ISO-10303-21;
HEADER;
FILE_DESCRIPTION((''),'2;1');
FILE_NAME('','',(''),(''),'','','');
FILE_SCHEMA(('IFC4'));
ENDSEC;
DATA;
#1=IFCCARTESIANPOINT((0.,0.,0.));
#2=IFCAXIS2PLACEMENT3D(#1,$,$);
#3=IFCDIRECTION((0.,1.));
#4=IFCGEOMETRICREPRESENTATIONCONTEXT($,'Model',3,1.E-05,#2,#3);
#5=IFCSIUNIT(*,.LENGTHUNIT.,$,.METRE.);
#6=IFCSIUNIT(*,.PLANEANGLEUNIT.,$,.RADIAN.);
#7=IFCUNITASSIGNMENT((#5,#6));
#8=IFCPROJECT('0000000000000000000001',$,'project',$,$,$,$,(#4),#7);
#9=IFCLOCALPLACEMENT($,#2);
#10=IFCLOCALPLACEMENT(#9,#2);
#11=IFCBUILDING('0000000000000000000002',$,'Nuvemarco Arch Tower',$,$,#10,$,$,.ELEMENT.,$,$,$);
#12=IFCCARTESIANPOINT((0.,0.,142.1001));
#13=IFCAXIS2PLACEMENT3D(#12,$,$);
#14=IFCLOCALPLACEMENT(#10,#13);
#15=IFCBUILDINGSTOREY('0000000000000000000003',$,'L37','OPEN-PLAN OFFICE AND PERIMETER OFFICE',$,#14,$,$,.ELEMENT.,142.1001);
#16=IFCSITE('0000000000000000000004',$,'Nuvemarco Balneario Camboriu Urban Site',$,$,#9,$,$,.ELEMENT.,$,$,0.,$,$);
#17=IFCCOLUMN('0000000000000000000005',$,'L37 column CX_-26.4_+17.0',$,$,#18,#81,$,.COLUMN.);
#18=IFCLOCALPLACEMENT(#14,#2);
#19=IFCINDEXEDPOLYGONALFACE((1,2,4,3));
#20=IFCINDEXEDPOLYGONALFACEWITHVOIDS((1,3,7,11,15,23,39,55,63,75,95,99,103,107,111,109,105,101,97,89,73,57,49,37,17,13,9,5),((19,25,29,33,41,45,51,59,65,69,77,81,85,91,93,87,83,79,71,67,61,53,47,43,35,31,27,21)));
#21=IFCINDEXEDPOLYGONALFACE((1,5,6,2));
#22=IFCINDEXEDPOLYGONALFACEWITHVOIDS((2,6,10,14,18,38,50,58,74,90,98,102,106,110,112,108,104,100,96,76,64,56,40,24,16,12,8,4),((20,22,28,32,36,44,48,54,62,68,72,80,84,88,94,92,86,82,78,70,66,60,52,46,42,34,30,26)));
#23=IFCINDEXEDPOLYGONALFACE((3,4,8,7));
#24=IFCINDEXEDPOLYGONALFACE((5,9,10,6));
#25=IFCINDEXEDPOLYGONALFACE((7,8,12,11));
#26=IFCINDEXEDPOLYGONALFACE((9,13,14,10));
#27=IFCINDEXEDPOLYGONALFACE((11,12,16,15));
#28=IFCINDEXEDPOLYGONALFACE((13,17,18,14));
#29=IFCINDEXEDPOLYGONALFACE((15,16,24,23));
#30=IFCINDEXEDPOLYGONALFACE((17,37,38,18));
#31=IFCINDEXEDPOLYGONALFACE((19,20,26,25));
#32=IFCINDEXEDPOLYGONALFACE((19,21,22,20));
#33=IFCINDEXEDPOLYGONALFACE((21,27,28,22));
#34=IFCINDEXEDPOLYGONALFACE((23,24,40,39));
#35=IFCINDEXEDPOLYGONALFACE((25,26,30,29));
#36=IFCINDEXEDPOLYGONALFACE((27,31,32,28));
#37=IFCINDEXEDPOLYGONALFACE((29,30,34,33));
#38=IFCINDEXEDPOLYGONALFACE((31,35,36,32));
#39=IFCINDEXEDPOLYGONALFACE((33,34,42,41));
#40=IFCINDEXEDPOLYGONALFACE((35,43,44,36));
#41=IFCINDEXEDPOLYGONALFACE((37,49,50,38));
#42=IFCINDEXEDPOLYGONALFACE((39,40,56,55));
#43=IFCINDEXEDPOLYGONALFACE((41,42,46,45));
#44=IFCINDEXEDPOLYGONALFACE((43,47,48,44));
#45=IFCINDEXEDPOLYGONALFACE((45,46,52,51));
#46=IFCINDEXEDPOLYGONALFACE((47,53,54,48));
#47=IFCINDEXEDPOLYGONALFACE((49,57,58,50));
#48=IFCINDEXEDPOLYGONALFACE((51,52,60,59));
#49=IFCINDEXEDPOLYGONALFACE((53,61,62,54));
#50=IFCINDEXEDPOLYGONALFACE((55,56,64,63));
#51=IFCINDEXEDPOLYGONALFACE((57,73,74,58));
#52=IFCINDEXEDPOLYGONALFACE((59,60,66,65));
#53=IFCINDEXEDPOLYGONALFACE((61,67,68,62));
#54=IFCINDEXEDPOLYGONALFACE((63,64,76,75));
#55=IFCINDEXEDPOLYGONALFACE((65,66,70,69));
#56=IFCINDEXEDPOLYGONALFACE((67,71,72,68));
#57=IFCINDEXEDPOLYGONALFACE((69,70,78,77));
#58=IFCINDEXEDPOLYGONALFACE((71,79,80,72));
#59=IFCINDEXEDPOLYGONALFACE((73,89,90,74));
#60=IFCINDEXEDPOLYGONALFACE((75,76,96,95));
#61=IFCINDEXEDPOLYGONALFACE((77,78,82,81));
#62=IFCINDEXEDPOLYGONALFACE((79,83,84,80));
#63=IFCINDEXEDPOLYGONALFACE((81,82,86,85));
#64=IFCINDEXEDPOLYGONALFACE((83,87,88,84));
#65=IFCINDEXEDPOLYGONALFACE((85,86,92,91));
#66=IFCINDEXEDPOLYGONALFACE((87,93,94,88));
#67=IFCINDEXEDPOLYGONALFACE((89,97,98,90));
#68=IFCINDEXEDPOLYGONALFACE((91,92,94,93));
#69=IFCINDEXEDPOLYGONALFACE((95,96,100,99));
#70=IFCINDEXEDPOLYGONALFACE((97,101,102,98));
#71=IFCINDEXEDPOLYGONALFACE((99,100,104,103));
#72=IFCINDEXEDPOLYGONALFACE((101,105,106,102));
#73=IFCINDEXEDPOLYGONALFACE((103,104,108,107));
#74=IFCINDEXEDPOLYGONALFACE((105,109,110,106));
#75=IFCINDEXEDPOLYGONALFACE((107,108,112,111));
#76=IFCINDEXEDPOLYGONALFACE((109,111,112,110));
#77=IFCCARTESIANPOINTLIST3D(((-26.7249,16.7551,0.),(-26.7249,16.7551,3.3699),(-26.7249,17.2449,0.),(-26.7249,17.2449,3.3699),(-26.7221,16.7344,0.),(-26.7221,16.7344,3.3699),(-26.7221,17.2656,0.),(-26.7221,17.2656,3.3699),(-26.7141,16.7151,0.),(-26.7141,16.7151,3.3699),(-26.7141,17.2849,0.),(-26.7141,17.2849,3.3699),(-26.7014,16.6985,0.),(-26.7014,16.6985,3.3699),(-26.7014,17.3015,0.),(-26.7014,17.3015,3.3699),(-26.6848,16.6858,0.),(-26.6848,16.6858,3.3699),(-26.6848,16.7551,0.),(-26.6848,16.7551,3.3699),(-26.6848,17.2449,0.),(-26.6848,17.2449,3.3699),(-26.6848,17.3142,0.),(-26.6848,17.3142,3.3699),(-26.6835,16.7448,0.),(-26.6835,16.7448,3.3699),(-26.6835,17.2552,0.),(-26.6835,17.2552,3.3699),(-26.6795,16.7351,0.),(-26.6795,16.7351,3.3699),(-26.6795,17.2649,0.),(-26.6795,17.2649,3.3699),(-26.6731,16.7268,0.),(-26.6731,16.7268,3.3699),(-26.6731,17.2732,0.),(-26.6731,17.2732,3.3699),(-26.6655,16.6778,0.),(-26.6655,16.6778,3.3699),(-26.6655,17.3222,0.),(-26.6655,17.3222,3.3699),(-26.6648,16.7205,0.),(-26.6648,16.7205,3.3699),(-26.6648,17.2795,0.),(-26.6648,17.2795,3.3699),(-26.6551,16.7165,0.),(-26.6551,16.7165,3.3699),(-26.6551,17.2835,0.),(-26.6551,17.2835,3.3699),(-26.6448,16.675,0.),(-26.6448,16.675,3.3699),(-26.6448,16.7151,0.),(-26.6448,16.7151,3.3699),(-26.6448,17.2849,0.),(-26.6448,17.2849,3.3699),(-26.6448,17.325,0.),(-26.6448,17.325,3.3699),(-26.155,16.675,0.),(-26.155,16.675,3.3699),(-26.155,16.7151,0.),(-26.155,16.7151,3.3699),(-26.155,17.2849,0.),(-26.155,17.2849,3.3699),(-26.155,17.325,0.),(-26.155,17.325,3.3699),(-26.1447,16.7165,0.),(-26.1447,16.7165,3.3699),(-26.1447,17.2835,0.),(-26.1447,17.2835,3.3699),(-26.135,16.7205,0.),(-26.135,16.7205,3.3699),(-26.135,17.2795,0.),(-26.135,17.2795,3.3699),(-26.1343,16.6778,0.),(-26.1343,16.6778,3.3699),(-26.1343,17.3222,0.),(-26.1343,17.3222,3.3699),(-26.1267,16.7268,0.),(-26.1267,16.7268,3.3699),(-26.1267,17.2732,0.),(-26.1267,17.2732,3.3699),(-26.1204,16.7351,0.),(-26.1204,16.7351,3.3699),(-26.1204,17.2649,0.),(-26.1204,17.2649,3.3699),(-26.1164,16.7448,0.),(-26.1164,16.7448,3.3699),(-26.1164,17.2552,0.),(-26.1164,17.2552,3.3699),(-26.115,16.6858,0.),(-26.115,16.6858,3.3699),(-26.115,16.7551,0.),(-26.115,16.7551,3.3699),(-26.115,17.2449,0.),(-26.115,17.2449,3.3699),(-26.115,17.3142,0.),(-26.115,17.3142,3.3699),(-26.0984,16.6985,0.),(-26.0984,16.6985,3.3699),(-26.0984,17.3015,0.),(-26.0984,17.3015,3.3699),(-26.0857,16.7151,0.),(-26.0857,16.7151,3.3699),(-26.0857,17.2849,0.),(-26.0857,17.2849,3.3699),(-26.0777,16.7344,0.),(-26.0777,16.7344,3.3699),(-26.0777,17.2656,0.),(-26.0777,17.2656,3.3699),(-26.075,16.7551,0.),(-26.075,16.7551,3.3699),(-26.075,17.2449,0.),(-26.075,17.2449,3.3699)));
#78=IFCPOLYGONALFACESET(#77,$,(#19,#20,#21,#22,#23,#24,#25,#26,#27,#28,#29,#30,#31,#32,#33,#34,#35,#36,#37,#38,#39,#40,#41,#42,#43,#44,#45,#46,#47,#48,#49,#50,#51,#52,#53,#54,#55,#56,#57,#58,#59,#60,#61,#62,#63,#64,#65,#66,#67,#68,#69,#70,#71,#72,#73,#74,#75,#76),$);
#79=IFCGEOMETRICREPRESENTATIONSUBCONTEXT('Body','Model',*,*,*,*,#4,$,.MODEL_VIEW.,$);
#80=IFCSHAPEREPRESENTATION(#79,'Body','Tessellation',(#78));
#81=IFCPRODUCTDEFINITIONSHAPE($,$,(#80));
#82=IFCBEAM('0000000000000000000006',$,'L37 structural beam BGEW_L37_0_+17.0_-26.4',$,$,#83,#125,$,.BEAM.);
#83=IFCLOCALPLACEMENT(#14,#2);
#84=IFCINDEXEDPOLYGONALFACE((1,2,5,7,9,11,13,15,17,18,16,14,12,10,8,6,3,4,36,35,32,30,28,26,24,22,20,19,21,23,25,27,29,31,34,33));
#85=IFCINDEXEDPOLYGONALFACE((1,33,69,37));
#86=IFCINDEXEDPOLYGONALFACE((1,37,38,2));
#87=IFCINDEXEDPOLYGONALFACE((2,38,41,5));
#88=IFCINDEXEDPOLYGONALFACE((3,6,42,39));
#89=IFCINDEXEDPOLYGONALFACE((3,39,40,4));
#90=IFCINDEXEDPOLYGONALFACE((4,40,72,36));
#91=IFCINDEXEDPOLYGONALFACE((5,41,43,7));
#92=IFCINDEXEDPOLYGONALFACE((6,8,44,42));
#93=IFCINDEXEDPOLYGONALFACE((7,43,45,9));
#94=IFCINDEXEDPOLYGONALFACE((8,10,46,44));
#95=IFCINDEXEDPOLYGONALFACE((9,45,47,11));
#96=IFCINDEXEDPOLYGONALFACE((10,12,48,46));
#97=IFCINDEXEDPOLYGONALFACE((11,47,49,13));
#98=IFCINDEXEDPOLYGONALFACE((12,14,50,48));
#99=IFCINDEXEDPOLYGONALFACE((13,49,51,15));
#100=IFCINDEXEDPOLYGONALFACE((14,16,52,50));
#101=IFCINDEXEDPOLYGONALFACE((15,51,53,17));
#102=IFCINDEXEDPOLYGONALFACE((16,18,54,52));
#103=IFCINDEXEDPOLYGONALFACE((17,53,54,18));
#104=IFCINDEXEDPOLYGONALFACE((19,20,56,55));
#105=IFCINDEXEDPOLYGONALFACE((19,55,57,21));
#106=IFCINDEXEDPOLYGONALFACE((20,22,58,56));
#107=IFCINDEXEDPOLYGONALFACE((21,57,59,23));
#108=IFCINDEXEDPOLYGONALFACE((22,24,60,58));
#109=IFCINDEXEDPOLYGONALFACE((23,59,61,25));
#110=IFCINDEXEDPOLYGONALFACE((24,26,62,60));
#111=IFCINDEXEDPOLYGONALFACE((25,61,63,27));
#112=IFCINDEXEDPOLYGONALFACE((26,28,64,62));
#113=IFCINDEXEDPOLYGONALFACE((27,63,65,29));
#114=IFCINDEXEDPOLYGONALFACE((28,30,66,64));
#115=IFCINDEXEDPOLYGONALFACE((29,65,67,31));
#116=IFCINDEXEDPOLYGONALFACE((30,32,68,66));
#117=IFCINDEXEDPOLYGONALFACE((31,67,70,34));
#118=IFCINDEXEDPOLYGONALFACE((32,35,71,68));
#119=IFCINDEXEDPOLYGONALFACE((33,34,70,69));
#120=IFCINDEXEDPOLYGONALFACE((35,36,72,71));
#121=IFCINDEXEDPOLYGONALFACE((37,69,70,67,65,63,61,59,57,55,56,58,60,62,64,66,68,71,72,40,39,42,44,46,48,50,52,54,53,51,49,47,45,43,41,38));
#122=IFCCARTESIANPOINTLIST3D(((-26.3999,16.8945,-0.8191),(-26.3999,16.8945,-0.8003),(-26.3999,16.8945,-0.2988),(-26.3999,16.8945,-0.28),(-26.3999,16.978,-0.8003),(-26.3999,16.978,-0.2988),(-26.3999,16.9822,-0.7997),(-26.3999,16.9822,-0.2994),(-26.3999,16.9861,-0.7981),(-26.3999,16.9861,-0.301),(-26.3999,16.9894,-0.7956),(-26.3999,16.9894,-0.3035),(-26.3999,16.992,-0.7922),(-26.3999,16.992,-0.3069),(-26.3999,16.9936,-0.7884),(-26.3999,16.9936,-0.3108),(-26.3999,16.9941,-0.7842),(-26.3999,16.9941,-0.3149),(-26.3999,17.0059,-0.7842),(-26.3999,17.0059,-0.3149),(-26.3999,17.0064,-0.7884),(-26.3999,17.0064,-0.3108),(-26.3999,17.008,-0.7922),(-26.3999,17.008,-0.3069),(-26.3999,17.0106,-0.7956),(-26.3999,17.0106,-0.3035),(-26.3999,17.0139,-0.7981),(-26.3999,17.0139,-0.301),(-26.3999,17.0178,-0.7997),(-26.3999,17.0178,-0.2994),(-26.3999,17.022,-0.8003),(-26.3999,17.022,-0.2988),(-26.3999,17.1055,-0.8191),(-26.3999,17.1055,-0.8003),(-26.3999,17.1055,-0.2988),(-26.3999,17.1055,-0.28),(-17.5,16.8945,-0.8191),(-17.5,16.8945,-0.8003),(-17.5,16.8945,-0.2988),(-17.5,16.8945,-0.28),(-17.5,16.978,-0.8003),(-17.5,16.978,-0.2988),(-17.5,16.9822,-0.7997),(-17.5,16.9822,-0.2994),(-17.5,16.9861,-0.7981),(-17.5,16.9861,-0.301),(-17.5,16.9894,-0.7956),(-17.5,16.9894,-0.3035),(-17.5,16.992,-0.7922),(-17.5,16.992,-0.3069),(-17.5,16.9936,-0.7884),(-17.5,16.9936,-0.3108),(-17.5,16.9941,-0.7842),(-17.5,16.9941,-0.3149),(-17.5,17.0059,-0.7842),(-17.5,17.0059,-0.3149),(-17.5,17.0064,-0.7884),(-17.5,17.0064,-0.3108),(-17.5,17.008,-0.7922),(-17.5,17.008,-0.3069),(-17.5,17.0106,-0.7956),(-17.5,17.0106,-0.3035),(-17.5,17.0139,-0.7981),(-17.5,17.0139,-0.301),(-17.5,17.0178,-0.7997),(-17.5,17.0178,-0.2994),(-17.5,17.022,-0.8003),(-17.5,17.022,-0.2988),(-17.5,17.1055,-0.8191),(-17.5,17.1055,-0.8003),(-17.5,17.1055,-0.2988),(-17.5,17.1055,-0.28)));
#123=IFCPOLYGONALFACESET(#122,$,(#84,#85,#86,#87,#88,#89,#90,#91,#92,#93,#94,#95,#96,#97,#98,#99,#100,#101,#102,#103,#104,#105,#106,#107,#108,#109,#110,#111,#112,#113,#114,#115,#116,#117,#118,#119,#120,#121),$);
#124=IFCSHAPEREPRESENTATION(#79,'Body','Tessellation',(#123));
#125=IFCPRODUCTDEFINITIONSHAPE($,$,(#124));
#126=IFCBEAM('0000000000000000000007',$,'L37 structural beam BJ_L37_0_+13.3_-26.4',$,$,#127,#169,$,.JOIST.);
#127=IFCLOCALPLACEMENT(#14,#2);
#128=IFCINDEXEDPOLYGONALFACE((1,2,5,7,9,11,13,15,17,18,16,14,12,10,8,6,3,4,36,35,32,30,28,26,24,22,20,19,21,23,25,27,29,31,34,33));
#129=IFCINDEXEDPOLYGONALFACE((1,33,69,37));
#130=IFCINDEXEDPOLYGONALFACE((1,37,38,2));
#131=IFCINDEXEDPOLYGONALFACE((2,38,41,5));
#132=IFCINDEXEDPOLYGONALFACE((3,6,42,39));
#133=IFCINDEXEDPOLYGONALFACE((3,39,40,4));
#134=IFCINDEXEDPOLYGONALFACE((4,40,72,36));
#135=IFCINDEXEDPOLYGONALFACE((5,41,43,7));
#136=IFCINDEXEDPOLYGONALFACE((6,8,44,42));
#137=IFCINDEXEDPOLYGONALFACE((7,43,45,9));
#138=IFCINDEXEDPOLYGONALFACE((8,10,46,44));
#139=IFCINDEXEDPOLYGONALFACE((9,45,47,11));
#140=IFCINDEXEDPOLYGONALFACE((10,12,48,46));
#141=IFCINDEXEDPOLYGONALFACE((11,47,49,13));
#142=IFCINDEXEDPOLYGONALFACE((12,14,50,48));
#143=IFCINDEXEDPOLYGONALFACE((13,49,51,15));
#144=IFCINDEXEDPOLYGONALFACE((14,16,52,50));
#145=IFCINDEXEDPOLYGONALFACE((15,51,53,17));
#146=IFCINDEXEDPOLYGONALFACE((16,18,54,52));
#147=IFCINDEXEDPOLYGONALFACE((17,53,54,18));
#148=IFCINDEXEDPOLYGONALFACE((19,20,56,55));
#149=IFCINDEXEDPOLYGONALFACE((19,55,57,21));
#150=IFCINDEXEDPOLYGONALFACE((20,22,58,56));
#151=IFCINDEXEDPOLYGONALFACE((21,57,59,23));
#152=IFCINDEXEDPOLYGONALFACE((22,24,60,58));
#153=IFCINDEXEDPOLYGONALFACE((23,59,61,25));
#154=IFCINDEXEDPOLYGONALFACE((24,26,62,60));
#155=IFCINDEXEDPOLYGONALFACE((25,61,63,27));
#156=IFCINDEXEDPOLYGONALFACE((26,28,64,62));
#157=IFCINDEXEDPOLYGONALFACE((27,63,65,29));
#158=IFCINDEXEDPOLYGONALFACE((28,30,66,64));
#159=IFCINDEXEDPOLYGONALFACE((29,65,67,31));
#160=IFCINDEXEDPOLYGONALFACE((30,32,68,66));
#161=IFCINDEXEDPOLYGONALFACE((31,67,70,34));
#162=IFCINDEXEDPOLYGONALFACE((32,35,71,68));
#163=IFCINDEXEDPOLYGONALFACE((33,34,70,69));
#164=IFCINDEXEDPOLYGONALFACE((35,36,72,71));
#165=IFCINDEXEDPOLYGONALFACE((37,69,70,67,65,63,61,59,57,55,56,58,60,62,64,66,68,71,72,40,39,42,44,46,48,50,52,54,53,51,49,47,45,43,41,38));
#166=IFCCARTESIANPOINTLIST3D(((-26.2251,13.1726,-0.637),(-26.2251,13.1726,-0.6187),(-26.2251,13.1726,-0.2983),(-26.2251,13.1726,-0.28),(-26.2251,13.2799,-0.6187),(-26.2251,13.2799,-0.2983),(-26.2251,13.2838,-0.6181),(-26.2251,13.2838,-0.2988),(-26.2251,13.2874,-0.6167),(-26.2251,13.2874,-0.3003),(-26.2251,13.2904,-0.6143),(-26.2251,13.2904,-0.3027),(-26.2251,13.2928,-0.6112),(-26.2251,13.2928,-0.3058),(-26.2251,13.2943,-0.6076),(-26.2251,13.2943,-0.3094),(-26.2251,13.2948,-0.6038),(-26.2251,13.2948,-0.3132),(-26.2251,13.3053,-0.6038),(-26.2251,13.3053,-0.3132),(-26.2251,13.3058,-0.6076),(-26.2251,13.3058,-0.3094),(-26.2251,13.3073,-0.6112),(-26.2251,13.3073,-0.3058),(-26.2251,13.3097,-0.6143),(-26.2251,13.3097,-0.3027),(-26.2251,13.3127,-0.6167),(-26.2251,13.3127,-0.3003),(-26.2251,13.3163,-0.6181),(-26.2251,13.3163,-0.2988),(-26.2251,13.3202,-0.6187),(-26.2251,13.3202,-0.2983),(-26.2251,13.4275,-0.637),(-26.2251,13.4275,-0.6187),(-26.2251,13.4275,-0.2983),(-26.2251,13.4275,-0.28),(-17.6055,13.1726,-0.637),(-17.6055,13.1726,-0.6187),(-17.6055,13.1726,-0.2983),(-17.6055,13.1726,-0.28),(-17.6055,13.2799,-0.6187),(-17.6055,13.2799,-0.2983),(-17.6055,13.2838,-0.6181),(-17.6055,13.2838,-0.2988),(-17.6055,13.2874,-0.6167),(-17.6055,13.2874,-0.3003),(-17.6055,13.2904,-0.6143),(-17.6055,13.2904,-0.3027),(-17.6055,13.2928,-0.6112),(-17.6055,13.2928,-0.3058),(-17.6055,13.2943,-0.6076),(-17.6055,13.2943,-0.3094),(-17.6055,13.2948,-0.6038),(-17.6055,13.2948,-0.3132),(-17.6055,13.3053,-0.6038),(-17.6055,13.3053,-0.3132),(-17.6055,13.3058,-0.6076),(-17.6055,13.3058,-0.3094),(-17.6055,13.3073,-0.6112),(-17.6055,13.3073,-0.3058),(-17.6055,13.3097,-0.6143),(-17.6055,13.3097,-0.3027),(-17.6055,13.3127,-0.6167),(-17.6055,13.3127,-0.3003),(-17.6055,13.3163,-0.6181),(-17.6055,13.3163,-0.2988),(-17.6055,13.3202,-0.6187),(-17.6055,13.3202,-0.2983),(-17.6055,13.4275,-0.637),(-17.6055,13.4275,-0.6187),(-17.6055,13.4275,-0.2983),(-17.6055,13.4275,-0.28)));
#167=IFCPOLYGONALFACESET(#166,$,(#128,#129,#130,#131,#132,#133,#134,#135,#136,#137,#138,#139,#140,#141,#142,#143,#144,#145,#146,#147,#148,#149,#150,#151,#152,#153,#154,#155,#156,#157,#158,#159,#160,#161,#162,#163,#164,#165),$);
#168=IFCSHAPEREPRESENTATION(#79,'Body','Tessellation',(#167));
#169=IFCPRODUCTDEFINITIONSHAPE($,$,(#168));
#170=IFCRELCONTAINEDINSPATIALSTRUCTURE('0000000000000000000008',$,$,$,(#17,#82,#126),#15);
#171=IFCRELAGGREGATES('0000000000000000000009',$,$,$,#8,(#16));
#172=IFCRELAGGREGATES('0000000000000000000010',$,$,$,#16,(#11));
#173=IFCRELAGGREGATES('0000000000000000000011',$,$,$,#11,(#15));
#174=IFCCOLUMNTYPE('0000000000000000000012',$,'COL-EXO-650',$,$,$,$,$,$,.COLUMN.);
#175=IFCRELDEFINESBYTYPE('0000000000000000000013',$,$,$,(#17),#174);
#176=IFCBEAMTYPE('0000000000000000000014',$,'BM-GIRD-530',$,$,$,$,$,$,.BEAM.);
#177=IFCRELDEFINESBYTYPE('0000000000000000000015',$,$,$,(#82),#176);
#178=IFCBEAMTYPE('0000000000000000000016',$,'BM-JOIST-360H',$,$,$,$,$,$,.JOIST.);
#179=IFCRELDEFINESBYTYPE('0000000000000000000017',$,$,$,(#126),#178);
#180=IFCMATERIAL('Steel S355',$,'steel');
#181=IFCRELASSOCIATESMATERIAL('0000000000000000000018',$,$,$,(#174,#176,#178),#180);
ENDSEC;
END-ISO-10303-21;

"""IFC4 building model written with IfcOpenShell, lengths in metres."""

from ifc_helpers import new_model, si_unit, direction, frame, origin, origin_2d, place, context, subcontext, project, spatial, hollow_rectangle, i_section, extrude, material, material_profile, profile_set, type_object, element, save


model = new_model("IFC4")

# Units and contexts
model_context = context("Model", 3, precision=1e-05, world=origin(), true_north=direction((0.0, 1.0)))
body_context = subcontext(model_context, "Body", "Model", "MODEL_VIEW")
ifc_project = project(units=[si_unit("LENGTHUNIT", "METRE"), si_unit("PLANEANGLEUNIT", "RADIAN")], contexts=[model_context])

# Site, building, storey
site_placement = place(None, origin())
site = spatial("IfcSite", under=ifc_project, at=site_placement, Name="Nuvemarco Balneario Camboriu Urban Site", CompositionType="ELEMENT", RefElevation=0.0)
building_placement = place(site_placement, origin())
building = spatial("IfcBuilding", under=site, at=building_placement, Name="Nuvemarco Arch Tower", CompositionType="ELEMENT")
storey_placement = place(building_placement, frame((0.0, 0.0, 142.1001)))
storey = spatial("IfcBuildingStorey", under=building, at=storey_placement, Name="L37", Description="OPEN-PLAN OFFICE AND PERIMETER OFFICE", CompositionType="ELEMENT", Elevation=142.1001)

# Column
ifc_material_1 = material(Name="Steel S355", Category="steel")
ifc_material_profile_1 = material_profile(ifc_material_1, hollow_rectangle(XDim=0.6499, YDim=0.6499, WallThickness=0.04, InnerFilletRadius=0.04, OuterFilletRadius=0.0801, at=origin_2d()), Name="SHS650x650x40")
ifc_profile_set_1 = profile_set([ifc_material_profile_1], Name="Steel S355")
column_type = type_object("IfcColumnType", Name="COL-EXO-650", PredefinedType="COLUMN", material=ifc_profile_set_1)
column_placement = place(storey_placement, frame((-26.3999, 17.0, 0.0), z_axis=(0.0, 0.0, 1.0), x_axis=(1.0, 0.0, 0.0)))
element("IfcColumn", 1, at=column_placement, inside=storey, type_object=column_type, Name="L37 column CX_-26.4_+17.0", PredefinedType="COLUMN", context=body_context, shape_type="SweptSolid", body=[
    extrude(hollow_rectangle(XDim=0.6499, YDim=0.6499, WallThickness=0.04, InnerFilletRadius=0.04, OuterFilletRadius=0.0801, at=origin_2d()), origin(), (0.0, 0.0, 1.0), 3.3699),
])

# Beams
ifc_material_profile_2 = material_profile(ifc_material_1, i_section(OverallWidth=0.2109, OverallDepth=0.5391, WebThickness=0.0117, FlangeThickness=0.0188, FilletRadius=0.0161, at=origin_2d()), Name="W530x109")
ifc_profile_set_2 = profile_set([ifc_material_profile_2], Name="Steel S355")
beam_type_1 = type_object("IfcBeamType", Name="BM-GIRD-530", PredefinedType="BEAM", material=ifc_profile_set_2)
beam_1_placement = place(storey_placement, frame((-26.3999, 17.0, -0.5496), z_axis=(1.0, 0.0, 0.0), x_axis=(0.0, 1.0, 0.0)))
element("IfcBeam", 2, at=beam_1_placement, inside=storey, type_object=beam_type_1, Name="L37 structural beam BGEW_L37_0_+17.0_-26.4", PredefinedType="BEAM", context=body_context, shape_type="SweptSolid", body=[
    extrude(i_section(OverallWidth=0.2109, OverallDepth=0.5391, WebThickness=0.0117, FlangeThickness=0.0188, FilletRadius=0.0161, at=origin_2d()), origin(), (0.0, 0.0, 1.0), 8.8999),
])
ifc_material_profile_3 = material_profile(ifc_material_1, i_section(OverallWidth=0.2549, OverallDepth=0.3569, WebThickness=0.0105, FlangeThickness=0.0183, FilletRadius=0.0149, at=origin_2d()), Name="W360x101")
ifc_profile_set_3 = profile_set([ifc_material_profile_3], Name="Steel S355")
beam_type_2 = type_object("IfcBeamType", Name="BM-JOIST-360H", PredefinedType="JOIST", material=ifc_profile_set_3)
beam_2_placement = place(storey_placement, frame((-26.2251, 13.3, -0.4585), z_axis=(1.0, 0.0, 0.0), x_axis=(0.0, 1.0, 0.0)))
element("IfcBeam", 3, at=beam_2_placement, inside=storey, type_object=beam_type_2, Name="L37 structural beam BJ_L37_0_+13.3_-26.4", PredefinedType="JOIST", context=body_context, shape_type="SweptSolid", body=[
    extrude(i_section(OverallWidth=0.2549, OverallDepth=0.3569, WebThickness=0.0105, FlangeThickness=0.0183, FilletRadius=0.0149, at=origin_2d()), origin(), (0.0, 0.0, 1.0), 8.6196),
])

save(model, "model.ifc")
